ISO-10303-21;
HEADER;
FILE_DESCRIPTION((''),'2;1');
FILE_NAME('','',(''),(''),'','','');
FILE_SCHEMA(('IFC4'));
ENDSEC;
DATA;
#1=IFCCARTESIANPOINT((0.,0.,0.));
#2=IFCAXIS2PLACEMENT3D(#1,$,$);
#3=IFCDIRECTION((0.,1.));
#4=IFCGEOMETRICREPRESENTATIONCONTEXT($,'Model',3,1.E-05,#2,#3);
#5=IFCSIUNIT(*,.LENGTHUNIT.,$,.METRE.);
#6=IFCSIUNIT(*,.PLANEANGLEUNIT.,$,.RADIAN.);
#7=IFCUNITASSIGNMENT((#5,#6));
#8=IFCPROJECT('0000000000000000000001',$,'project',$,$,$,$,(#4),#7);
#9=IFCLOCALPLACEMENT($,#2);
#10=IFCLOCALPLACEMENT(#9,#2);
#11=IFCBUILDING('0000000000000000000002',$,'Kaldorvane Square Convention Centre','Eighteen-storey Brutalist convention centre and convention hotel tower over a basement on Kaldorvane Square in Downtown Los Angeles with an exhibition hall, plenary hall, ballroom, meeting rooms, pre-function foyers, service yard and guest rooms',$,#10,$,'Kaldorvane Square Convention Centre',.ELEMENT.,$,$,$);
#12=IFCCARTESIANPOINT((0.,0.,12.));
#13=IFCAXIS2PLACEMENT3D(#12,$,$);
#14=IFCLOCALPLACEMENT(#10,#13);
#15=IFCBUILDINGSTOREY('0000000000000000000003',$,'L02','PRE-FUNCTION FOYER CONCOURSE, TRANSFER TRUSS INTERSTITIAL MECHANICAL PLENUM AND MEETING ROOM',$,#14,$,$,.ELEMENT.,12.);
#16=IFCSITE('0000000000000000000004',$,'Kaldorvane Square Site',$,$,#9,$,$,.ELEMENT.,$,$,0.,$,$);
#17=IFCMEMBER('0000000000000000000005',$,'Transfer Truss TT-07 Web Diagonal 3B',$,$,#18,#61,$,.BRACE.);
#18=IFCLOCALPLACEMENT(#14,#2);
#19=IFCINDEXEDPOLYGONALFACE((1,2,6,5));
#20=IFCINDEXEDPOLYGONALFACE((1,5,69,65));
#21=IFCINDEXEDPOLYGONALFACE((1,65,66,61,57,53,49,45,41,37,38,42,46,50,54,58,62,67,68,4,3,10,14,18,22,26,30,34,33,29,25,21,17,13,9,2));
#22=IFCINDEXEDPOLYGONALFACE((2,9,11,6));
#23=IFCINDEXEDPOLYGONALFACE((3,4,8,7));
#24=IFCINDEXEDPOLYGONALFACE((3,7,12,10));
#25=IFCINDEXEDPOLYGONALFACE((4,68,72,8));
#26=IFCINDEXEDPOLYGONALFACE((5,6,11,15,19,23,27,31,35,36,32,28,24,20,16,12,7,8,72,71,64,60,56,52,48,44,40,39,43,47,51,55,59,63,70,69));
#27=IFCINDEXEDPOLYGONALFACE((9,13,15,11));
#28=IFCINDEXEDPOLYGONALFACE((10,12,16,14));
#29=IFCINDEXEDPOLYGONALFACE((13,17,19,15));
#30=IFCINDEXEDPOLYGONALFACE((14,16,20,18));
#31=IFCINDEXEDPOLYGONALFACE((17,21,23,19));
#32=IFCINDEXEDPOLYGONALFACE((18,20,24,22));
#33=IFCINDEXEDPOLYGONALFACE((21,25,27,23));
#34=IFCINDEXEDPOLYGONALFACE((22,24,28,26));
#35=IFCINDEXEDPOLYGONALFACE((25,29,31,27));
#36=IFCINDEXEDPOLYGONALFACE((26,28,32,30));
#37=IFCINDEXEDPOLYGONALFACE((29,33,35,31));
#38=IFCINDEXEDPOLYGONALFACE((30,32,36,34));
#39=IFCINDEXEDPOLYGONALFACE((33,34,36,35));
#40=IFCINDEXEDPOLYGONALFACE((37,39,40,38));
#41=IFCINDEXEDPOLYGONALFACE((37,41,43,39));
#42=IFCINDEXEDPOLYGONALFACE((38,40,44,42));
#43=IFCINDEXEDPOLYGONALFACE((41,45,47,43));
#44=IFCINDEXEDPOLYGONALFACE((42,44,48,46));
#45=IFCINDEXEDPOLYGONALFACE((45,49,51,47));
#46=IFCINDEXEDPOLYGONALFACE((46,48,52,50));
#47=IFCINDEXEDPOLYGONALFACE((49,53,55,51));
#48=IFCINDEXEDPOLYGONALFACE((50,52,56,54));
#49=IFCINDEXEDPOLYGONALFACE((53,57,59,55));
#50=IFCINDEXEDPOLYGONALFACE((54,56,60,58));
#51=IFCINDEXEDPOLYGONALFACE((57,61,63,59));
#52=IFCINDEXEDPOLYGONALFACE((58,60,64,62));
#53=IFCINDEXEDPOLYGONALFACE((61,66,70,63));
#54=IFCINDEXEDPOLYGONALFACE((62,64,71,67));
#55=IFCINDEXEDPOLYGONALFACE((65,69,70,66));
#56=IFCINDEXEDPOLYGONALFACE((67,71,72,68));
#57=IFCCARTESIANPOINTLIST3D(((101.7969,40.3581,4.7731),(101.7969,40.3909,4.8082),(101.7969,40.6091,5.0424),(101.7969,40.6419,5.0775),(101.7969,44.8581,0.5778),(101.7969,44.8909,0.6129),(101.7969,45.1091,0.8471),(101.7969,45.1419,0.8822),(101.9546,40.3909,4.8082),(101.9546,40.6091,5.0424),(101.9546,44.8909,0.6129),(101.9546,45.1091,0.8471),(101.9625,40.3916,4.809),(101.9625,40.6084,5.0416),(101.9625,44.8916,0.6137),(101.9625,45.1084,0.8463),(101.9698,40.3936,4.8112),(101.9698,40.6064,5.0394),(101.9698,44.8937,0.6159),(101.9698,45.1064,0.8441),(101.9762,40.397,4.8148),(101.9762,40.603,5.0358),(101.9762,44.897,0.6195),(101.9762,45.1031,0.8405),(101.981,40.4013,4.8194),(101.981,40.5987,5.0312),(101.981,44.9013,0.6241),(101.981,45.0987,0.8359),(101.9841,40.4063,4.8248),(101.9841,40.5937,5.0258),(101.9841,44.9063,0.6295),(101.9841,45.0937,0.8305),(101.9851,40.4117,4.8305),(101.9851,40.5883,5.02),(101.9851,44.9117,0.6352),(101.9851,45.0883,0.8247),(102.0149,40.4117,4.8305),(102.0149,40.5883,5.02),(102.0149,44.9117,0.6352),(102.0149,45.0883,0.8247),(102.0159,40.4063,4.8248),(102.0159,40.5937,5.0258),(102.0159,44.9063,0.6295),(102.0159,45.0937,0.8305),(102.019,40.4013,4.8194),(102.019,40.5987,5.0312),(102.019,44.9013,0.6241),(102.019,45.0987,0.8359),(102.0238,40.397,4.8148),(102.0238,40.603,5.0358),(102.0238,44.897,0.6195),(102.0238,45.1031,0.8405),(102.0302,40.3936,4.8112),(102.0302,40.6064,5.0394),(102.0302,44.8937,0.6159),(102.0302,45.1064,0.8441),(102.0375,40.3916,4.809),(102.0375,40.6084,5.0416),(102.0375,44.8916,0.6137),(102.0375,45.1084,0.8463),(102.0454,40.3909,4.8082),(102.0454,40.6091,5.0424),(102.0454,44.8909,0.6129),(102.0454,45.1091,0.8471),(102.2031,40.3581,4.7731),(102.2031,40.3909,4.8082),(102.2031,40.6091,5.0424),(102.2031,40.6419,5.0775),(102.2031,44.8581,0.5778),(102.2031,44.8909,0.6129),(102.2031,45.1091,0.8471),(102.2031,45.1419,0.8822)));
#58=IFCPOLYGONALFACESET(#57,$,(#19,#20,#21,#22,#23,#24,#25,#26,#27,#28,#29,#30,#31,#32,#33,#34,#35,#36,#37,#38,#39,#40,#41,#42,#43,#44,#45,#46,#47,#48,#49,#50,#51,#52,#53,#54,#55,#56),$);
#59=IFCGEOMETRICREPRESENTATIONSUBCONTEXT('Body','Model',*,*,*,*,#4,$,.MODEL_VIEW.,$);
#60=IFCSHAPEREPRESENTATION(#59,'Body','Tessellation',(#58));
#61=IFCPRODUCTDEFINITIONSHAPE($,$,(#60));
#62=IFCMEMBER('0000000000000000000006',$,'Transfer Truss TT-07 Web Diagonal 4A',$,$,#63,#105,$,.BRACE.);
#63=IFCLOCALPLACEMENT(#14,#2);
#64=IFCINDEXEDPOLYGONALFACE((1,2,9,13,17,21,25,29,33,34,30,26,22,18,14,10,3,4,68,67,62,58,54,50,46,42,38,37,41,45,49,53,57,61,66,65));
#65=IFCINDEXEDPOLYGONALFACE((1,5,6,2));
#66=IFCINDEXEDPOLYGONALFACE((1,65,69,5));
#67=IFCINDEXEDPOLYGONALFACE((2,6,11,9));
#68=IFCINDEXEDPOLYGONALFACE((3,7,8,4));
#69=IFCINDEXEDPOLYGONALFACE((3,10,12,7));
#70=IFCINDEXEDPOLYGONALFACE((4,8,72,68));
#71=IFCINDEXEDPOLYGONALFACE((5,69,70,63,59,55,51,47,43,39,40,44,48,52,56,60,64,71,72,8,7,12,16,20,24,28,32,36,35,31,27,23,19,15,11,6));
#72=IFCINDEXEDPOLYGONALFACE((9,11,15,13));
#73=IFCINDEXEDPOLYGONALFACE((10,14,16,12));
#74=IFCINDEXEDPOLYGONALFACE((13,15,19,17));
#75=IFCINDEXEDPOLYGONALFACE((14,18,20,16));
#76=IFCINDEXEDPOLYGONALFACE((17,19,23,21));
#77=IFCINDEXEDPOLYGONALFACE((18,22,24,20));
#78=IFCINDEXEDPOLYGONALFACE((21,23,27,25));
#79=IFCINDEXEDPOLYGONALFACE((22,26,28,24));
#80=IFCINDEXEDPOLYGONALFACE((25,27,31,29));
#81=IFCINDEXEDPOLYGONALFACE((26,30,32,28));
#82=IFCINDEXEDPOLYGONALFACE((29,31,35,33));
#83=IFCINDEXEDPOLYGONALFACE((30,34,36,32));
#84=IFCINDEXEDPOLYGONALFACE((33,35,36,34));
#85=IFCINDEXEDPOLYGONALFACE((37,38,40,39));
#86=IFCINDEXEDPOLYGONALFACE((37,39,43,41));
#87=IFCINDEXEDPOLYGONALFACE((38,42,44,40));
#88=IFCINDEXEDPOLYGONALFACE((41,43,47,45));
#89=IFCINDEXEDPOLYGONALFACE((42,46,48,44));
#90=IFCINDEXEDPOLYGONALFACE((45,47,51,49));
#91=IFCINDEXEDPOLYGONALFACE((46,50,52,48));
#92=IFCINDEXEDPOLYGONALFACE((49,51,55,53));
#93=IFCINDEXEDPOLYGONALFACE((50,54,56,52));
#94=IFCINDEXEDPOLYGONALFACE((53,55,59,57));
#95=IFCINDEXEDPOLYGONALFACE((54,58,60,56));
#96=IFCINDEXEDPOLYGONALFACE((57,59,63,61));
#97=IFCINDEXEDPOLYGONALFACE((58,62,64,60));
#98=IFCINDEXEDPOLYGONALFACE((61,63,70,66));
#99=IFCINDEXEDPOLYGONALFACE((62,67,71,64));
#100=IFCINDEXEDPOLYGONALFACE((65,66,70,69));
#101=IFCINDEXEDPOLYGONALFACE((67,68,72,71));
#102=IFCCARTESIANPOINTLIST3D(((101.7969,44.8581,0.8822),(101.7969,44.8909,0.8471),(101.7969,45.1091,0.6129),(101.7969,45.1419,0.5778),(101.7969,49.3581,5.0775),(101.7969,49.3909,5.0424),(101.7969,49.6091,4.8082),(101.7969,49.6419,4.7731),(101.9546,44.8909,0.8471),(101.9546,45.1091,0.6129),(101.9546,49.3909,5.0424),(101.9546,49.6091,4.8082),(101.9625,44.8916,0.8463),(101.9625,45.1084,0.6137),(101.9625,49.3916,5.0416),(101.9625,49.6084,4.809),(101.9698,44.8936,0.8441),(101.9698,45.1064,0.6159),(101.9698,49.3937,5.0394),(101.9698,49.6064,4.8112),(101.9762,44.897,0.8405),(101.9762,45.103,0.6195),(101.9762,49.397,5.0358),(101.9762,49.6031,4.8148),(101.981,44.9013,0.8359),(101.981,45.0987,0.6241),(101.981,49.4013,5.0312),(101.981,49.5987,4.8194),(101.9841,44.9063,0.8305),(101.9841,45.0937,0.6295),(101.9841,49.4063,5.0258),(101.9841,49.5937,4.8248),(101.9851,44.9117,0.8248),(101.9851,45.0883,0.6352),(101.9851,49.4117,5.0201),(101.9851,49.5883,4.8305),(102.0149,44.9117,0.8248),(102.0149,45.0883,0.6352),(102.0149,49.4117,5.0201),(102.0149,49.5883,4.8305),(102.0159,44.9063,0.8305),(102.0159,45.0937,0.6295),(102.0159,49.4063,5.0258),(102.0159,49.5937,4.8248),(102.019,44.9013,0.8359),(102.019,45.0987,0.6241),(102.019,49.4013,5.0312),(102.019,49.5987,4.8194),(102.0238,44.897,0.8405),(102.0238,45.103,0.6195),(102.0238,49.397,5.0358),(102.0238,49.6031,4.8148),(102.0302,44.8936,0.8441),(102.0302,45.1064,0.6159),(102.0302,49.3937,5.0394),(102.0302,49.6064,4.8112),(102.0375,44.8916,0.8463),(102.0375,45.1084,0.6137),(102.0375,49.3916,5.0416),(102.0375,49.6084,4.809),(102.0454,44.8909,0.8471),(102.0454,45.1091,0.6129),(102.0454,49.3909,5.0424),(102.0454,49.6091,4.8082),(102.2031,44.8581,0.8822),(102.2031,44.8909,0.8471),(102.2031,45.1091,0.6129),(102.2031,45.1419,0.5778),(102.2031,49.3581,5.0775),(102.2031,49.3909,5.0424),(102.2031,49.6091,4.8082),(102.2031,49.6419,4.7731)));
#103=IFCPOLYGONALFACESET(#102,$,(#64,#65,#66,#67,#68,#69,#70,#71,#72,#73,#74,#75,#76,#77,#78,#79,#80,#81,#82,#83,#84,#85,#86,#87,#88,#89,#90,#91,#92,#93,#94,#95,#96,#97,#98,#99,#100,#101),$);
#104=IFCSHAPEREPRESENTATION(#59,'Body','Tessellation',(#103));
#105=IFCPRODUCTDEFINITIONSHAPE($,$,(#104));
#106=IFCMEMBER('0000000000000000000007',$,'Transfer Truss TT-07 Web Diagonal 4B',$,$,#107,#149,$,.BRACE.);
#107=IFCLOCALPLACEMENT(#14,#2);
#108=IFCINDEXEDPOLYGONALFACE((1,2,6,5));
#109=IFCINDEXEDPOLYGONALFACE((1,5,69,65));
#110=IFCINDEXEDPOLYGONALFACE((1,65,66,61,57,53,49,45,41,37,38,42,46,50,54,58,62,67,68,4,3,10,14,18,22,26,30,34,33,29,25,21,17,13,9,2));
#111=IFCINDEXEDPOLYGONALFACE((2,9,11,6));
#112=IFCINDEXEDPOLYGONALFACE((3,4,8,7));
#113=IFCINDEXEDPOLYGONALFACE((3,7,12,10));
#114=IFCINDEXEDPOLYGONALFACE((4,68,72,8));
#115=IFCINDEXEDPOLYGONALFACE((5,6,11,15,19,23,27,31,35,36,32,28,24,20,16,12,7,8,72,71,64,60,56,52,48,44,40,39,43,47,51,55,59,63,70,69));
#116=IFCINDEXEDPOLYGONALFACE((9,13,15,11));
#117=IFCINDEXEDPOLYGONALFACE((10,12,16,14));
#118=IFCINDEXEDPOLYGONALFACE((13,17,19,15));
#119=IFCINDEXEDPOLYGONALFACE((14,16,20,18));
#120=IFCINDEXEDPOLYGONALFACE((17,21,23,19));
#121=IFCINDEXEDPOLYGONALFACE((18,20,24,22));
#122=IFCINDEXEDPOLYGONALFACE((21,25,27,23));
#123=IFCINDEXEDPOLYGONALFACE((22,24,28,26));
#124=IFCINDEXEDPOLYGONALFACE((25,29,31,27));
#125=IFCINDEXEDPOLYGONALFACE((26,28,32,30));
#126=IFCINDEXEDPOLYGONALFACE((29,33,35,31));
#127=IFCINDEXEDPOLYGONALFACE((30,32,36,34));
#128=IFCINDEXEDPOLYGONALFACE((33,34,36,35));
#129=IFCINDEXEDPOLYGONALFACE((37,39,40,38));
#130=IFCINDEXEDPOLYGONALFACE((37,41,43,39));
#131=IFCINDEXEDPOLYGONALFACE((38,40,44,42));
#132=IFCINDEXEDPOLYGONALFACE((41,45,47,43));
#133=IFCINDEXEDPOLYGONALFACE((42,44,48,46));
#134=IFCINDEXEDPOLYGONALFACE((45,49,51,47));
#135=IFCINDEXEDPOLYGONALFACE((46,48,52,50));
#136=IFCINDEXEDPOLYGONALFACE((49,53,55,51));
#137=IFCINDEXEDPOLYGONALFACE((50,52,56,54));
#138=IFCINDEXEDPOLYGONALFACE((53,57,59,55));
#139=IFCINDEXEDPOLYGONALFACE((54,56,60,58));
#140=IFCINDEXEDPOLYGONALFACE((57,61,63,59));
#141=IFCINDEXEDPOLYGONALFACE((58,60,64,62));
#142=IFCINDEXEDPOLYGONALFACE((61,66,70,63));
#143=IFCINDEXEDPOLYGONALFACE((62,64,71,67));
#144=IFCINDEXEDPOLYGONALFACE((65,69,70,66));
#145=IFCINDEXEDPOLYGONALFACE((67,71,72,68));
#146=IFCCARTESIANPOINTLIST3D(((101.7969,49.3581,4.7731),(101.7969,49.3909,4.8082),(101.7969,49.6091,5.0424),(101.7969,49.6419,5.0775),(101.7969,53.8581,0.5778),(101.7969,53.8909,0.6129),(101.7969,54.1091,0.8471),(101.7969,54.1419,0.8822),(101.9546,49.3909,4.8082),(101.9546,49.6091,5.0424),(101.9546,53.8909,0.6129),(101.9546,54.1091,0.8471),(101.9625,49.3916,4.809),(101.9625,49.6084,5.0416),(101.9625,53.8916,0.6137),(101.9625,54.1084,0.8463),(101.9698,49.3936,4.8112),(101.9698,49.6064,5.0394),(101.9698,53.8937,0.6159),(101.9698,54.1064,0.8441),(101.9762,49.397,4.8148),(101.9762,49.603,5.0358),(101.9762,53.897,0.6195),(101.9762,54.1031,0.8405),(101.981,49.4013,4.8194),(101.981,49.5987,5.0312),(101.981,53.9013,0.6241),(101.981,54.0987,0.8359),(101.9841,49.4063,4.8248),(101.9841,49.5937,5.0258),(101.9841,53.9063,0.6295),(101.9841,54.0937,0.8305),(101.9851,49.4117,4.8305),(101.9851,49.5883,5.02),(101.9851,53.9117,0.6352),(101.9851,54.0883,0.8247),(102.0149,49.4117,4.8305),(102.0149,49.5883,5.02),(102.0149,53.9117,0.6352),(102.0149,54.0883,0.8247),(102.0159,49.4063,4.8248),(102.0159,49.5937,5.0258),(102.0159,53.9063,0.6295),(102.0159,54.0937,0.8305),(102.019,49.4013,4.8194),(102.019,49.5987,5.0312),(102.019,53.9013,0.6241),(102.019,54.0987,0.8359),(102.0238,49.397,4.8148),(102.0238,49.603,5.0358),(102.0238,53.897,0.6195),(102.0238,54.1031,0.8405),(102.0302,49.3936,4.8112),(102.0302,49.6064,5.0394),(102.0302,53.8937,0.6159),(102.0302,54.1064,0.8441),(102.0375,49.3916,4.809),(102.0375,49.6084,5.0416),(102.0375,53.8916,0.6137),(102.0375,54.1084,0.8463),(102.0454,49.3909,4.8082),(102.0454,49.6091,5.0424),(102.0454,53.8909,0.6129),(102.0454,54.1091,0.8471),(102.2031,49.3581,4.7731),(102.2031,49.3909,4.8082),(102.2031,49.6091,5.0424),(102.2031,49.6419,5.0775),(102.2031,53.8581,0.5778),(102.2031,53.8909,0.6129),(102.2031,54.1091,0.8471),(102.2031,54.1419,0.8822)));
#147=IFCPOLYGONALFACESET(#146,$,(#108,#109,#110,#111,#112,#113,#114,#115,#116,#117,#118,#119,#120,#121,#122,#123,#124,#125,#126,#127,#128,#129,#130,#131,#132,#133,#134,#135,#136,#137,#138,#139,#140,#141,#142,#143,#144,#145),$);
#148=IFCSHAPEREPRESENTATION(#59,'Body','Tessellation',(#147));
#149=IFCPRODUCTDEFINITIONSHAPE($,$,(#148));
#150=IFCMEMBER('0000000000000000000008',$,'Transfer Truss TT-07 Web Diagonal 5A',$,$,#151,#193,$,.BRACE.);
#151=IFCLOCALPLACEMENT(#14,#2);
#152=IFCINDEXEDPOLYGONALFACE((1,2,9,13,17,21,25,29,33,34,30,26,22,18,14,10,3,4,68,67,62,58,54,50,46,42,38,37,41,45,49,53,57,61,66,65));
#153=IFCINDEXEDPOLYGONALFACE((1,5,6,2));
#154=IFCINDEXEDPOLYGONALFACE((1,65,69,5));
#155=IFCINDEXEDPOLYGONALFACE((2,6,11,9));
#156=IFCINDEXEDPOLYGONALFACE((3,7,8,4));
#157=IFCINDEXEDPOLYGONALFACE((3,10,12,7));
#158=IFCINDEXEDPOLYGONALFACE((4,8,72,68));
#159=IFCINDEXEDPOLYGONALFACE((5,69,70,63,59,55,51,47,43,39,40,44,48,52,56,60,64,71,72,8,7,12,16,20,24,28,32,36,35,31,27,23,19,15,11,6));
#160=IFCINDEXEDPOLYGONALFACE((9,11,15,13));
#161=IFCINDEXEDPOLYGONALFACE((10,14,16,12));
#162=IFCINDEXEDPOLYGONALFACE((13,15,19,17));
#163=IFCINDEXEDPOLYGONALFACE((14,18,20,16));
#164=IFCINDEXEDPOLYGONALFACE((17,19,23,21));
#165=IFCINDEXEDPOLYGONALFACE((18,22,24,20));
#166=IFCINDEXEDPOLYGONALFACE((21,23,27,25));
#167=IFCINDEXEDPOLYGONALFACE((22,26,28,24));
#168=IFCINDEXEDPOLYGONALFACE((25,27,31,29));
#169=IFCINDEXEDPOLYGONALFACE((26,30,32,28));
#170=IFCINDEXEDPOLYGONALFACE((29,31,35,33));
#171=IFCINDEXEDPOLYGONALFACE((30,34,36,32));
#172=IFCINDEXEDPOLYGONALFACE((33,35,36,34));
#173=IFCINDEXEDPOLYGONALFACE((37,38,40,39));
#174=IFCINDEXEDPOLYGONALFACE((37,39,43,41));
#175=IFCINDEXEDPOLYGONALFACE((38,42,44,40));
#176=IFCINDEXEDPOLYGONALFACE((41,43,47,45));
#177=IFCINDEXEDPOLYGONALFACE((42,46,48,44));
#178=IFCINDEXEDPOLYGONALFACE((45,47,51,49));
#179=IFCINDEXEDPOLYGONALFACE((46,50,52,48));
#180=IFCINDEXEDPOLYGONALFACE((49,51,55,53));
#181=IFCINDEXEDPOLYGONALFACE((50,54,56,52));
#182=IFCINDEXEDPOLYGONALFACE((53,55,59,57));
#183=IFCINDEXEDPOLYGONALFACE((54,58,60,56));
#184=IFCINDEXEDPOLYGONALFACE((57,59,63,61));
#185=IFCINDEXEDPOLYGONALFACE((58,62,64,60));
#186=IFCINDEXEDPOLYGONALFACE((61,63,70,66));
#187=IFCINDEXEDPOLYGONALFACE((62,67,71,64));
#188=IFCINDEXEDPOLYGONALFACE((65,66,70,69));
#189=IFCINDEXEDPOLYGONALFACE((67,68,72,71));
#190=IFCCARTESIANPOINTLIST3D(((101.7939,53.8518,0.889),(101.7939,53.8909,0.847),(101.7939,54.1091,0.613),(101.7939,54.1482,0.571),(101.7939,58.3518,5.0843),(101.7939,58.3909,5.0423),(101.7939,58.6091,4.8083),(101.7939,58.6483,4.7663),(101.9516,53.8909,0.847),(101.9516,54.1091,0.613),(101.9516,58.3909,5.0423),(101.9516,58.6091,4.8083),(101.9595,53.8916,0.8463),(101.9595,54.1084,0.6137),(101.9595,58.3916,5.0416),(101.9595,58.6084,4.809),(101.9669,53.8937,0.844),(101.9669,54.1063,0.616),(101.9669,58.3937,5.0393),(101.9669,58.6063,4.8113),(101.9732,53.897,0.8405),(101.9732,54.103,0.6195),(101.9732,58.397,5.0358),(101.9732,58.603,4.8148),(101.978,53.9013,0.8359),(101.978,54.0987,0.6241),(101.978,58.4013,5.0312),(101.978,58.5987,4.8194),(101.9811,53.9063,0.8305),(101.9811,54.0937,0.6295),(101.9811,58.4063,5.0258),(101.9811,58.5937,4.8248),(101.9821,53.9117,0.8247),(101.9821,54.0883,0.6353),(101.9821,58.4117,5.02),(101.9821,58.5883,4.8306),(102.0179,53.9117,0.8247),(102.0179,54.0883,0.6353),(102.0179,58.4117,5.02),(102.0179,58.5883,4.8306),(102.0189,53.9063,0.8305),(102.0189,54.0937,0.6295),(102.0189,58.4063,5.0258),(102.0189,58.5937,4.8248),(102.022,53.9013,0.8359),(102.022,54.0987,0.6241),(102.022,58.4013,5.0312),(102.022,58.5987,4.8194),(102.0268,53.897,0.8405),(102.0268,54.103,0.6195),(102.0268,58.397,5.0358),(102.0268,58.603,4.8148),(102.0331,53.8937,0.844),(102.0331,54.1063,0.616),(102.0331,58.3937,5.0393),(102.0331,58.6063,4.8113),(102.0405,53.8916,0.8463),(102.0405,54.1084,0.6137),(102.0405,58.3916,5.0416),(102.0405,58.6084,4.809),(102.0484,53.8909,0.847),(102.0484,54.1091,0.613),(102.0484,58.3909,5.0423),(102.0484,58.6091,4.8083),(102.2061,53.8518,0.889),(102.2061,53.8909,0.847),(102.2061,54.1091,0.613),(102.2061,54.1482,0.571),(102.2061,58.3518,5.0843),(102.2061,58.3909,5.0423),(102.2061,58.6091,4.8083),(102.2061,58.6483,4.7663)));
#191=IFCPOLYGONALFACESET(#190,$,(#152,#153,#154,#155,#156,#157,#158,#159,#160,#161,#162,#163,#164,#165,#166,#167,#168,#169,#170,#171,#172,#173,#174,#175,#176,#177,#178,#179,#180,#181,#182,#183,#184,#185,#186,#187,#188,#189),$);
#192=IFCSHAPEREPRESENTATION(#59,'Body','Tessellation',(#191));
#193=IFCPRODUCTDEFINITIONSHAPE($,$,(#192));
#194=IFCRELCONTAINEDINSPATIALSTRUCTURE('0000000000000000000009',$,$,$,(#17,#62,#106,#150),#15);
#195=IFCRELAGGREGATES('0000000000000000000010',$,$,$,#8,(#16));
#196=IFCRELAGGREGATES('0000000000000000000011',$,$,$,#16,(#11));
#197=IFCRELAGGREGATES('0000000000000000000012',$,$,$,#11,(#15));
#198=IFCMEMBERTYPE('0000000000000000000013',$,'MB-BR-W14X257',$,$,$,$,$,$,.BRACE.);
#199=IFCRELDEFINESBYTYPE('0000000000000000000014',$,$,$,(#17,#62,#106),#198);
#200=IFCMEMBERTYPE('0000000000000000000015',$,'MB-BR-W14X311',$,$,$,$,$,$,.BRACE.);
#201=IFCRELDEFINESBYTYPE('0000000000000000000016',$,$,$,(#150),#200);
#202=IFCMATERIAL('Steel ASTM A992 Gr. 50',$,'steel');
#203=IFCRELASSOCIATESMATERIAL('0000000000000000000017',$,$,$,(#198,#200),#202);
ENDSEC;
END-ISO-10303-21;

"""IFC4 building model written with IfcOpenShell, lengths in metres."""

from ifc_helpers import new_model, si_unit, direction, frame, origin, origin_2d, place, context, subcontext, project, spatial, i_section, extrude, material, material_profile, profile_set, type_object, element, save


model = new_model("IFC4")

# Units and contexts
model_context = context("Model", 3, precision=1e-05, world=origin(), true_north=direction((0.0, 1.0)))
body_context = subcontext(model_context, "Body", "Model", "MODEL_VIEW")
ifc_project = project(units=[si_unit("LENGTHUNIT", "METRE"), si_unit("PLANEANGLEUNIT", "RADIAN")], contexts=[model_context])

# Site, building, storey
site_placement = place(None, origin())
site = spatial("IfcSite", under=ifc_project, at=site_placement, Name="Kaldorvane Square Site", CompositionType="ELEMENT", RefElevation=0.0)
building_placement = place(site_placement, origin())
building = spatial("IfcBuilding", under=site, at=building_placement, Name="Kaldorvane Square Convention Centre", Description="Eighteen-storey Brutalist convention centre and convention hotel tower over a basement on Kaldorvane Square in Downtown Los Angeles with an exhibition hall, plenary hall, ballroom, meeting rooms, pre-function foyers, service yard and guest rooms", LongName="Kaldorvane Square Convention Centre", CompositionType="ELEMENT")
storey_placement = place(building_placement, frame((0.0, 0.0, 12.0)))
storey = spatial("IfcBuildingStorey", under=building, at=storey_placement, Name="L02", Description="PRE-FUNCTION FOYER CONCOURSE, TRANSFER TRUSS INTERSTITIAL MECHANICAL PLENUM AND MEETING ROOM", CompositionType="ELEMENT", Elevation=12.0)

# Shared definitions
ifc_material_1 = material(Name="Steel ASTM A992 Gr. 50", Category="steel")

# Members
ifc_material_profile_1 = material_profile(ifc_material_1, i_section(OverallWidth=0.4063, OverallDepth=0.4161, WebThickness=0.0298, FlangeThickness=0.048, FilletRadius=0.0305, at=origin_2d()), Name="W14X257")
ifc_profile_set_1 = profile_set([ifc_material_profile_1], Name="Steel ASTM A992 Gr. 50")
member_type_1 = type_object("IfcMemberType", Name="MB-BR-W14X257", PredefinedType="BRACE", material=ifc_profile_set_1)
for number, where, z_axis, x_axis, name in (
    (1, (102.0, 40.5, 4.9253), (0.0, 0.731436, -0.68191), (-1.0, 0.0, 0.0), "Transfer Truss TT-07 Web Diagonal 3B"),
    (2, (102.0, 45.0, 0.73), (0.0, 0.731436, 0.68191), (-1.0, 0.0, 0.0), "Transfer Truss TT-07 Web Diagonal 4A"),
    (3, (102.0, 49.5, 4.9253), (0.0, 0.731436, -0.68191), (-1.0, 0.0, 0.0), "Transfer Truss TT-07 Web Diagonal 4B"),
):
    element("IfcMember", number, at=place(storey_placement, frame(where, z_axis=z_axis, x_axis=x_axis)), inside=storey, type_object=member_type_1, Name=name, PredefinedType="BRACE", context=body_context, shape_type="SweptSolid", body=[
        extrude(i_section(OverallWidth=0.4063, OverallDepth=0.4161, WebThickness=0.0298, FlangeThickness=0.048, FilletRadius=0.0305, at=origin_2d()), origin(), (0.0, 0.0, 1.0), 6.1523),
    ])
ifc_material_profile_2 = material_profile(ifc_material_1, i_section(OverallWidth=0.4122, OverallDepth=0.4348, WebThickness=0.0358, FlangeThickness=0.0574, FilletRadius=0.0305, at=origin_2d()), Name="W14X311")
ifc_profile_set_2 = profile_set([ifc_material_profile_2], Name="Steel ASTM A992 Gr. 50")
member_type_2 = type_object("IfcMemberType", Name="MB-BR-W14X311", PredefinedType="BRACE", material=ifc_profile_set_2)
member_1_placement = place(storey_placement, frame((102.0, 54.0, 0.73), z_axis=(0.0, 0.731436, 0.68191), x_axis=(-1.0, 0.0, 0.0)))
element("IfcMember", 4, at=member_1_placement, inside=storey, type_object=member_type_2, Name="Transfer Truss TT-07 Web Diagonal 5A", PredefinedType="BRACE", context=body_context, shape_type="SweptSolid", body=[
    extrude(i_section(OverallWidth=0.4122, OverallDepth=0.4348, WebThickness=0.0358, FlangeThickness=0.0574, FilletRadius=0.0305, at=origin_2d()), origin(), (0.0, 0.0, 1.0), 6.1523),
])

save(model, "model.ifc")
